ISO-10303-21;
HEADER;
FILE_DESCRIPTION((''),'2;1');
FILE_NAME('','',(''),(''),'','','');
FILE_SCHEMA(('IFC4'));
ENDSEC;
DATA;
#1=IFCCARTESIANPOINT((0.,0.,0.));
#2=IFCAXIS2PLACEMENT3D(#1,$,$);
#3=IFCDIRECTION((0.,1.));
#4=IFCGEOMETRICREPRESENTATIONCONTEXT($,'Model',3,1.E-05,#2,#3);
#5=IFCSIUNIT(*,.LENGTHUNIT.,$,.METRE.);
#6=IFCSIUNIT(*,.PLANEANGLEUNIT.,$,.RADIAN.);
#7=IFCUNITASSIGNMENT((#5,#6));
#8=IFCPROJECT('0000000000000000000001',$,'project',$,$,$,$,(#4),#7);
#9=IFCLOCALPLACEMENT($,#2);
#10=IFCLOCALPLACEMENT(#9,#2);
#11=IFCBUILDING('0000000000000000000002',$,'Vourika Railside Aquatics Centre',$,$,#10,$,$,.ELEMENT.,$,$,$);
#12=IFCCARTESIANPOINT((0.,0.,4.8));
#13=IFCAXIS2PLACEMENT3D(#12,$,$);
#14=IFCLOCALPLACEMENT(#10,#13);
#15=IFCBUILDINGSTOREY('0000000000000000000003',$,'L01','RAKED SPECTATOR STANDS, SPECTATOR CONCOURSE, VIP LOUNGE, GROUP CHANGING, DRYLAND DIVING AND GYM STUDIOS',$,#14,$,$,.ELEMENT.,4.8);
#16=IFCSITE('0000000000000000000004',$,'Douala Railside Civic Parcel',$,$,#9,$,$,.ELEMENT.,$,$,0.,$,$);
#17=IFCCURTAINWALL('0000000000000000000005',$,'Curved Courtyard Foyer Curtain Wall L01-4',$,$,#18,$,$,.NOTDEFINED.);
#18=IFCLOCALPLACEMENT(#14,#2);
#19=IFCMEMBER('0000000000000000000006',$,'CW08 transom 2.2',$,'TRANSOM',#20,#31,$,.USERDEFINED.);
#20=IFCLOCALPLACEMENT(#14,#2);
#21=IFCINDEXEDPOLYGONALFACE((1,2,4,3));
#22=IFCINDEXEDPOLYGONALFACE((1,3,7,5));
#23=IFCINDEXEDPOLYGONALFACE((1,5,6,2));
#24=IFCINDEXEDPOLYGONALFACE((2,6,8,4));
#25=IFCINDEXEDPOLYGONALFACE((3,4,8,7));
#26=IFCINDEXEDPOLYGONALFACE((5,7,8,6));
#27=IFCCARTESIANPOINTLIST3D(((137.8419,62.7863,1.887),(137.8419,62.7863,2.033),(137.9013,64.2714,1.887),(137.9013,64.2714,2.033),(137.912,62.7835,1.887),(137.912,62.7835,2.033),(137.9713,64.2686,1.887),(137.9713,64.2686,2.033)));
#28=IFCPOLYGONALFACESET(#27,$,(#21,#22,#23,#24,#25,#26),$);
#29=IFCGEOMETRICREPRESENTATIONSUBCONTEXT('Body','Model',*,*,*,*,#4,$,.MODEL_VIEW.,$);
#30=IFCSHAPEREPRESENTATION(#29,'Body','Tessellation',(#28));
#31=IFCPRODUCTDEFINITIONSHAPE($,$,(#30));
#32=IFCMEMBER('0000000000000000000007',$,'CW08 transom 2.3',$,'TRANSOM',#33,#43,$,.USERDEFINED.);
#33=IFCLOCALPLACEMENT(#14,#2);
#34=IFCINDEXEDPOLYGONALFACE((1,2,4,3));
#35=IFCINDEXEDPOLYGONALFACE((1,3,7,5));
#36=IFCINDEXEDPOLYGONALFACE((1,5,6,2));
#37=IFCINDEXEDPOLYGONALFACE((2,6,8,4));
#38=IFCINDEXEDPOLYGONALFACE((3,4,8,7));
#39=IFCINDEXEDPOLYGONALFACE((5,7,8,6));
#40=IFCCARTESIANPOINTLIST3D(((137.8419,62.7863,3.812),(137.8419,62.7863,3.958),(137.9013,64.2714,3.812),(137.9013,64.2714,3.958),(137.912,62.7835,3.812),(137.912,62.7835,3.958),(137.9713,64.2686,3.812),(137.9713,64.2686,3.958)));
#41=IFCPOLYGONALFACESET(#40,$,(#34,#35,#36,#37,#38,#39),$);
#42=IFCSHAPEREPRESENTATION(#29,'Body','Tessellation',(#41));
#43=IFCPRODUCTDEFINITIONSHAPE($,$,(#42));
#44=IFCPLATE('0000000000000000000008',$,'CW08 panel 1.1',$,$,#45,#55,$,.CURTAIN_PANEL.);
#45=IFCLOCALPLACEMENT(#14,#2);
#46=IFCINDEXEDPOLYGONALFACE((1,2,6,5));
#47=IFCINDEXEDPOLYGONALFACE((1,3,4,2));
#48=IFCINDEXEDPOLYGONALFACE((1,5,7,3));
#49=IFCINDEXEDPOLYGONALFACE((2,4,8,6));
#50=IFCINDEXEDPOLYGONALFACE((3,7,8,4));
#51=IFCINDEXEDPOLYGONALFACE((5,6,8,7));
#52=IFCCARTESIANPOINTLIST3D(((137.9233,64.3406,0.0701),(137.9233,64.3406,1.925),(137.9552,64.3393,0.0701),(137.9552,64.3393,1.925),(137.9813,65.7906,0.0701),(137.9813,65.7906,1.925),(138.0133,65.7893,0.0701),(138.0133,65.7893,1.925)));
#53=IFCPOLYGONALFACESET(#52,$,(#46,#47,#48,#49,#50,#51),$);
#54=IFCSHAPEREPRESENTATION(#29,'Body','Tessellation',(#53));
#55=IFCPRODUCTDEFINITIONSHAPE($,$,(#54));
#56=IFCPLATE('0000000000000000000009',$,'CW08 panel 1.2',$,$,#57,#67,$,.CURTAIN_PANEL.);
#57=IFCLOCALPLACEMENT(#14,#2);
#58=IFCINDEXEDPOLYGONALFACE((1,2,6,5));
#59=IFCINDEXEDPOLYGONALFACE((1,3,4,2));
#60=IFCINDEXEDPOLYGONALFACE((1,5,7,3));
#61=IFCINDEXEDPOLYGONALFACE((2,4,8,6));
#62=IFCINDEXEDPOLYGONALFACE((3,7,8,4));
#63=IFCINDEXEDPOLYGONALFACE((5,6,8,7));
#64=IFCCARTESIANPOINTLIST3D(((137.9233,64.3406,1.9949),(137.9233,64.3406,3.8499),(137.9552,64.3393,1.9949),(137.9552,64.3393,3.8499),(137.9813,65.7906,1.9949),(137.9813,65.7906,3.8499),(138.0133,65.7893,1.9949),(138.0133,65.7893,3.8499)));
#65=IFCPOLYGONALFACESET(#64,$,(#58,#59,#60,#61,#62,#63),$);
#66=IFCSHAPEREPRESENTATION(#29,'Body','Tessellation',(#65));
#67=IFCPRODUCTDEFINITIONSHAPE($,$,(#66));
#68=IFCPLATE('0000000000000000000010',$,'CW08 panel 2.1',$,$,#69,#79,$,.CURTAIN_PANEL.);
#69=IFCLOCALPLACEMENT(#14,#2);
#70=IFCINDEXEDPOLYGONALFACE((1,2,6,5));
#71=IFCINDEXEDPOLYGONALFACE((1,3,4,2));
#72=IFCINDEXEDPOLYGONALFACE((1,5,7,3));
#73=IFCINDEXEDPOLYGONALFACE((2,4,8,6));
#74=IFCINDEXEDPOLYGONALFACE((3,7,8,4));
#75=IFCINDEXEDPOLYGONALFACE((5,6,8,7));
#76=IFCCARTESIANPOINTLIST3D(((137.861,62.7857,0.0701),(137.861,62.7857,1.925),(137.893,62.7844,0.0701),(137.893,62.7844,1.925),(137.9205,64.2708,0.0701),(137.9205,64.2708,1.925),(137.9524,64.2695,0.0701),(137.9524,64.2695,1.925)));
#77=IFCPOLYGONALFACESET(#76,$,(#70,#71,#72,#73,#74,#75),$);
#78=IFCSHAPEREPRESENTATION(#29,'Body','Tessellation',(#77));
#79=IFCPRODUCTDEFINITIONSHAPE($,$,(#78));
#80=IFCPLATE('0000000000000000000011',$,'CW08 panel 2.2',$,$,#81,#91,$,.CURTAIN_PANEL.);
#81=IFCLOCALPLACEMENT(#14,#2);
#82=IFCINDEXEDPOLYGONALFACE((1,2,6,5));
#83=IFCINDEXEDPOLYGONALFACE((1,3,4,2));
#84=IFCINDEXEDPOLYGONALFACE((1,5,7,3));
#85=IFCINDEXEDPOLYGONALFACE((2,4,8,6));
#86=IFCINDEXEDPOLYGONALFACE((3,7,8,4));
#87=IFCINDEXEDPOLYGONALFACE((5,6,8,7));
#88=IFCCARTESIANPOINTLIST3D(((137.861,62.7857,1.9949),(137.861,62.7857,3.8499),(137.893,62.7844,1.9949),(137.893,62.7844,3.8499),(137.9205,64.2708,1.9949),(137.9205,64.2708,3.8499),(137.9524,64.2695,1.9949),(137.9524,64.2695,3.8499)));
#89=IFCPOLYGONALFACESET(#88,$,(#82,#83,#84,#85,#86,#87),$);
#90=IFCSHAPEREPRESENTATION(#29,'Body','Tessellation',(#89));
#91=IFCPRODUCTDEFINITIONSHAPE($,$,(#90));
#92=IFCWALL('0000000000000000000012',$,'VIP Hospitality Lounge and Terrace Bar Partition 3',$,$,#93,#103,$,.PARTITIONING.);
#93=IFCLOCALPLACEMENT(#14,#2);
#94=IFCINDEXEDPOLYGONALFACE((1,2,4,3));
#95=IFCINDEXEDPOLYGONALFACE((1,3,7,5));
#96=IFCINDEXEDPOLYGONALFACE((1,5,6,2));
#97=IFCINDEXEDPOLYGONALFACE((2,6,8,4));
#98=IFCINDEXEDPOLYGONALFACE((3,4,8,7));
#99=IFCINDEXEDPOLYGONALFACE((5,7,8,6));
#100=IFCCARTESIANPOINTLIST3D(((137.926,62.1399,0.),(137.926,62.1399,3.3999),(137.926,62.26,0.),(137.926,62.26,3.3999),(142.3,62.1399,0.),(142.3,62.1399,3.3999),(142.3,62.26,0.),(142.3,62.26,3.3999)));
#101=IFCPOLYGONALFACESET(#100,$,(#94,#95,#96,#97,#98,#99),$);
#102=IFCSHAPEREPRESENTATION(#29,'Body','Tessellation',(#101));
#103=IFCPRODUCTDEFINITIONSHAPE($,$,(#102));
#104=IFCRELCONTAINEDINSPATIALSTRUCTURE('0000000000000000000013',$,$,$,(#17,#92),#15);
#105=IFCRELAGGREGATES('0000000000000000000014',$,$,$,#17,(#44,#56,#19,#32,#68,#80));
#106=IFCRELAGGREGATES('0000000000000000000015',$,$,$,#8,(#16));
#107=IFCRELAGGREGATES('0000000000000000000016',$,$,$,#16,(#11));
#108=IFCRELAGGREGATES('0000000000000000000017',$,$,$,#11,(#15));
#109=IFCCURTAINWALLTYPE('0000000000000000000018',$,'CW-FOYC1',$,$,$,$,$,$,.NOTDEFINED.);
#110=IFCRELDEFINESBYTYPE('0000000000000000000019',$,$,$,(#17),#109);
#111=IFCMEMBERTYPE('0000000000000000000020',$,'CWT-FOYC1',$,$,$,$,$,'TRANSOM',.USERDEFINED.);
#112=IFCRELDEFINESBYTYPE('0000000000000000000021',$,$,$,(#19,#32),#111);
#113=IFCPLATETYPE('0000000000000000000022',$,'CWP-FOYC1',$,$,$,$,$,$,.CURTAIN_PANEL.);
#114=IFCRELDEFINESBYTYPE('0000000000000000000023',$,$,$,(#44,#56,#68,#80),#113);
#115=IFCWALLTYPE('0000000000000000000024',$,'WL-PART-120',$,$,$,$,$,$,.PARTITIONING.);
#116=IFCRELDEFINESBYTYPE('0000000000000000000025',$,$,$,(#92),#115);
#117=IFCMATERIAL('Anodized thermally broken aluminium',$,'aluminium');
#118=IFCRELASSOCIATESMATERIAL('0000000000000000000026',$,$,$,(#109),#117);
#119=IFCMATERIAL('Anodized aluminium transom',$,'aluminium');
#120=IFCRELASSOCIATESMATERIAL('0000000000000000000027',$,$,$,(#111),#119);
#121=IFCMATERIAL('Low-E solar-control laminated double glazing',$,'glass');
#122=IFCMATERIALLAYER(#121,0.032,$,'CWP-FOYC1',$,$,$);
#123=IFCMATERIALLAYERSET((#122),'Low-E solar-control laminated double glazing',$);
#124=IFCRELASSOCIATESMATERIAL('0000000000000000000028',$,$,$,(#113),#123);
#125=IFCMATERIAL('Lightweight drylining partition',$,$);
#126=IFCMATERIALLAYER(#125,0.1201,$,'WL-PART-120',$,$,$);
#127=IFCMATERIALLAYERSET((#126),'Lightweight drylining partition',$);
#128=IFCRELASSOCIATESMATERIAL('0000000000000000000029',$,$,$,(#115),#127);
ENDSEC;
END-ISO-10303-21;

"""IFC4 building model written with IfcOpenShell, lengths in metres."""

from ifc_helpers import new_model, si_unit, direction, frame, frame_2d, origin, origin_2d, place, context, subcontext, project, spatial, rectangle, extrude, material, layer, layer_set, material_profile, profile_set, type_object, element, aggregate, save


model = new_model("IFC4")

# Units and contexts
model_context = context("Model", 3, precision=1e-05, world=origin(), true_north=direction((0.0, 1.0)))
body_context = subcontext(model_context, "Body", "Model", "MODEL_VIEW")
ifc_project = project(units=[si_unit("LENGTHUNIT", "METRE"), si_unit("PLANEANGLEUNIT", "RADIAN")], contexts=[model_context])

# Site, building, storey
site_placement = place(None, origin())
site = spatial("IfcSite", under=ifc_project, at=site_placement, Name="Douala Railside Civic Parcel", CompositionType="ELEMENT", RefElevation=0.0)
building_placement = place(site_placement, origin())
building = spatial("IfcBuilding", under=site, at=building_placement, Name="Vourika Railside Aquatics Centre", CompositionType="ELEMENT")
storey_placement = place(building_placement, frame((0.0, 0.0, 4.8)))
storey = spatial("IfcBuildingStorey", under=building, at=storey_placement, Name="L01", Description="RAKED SPECTATOR STANDS, SPECTATOR CONCOURSE, VIP LOUNGE, GROUP CHANGING, DRYLAND DIVING AND GYM STUDIOS", CompositionType="ELEMENT", Elevation=4.8)

# Curtain wall, members, plates
ifc_material_1 = material(Name="Anodized thermally broken aluminium", Category="aluminium")
curtain_wall_type = type_object("IfcCurtainWallType", Name="CW-FOYC1", PredefinedType="NOTDEFINED", material=ifc_material_1)
curtain_wall_placement = place(storey_placement, origin())
curtain_wall = element("IfcCurtainWall", 1, at=curtain_wall_placement, inside=storey, type_object=curtain_wall_type, Name="Curved Courtyard Foyer Curtain Wall L01-4", PredefinedType="NOTDEFINED")
ifc_material_2 = material(Name="Anodized aluminium transom", Category="aluminium")
ifc_material_profile_1 = material_profile(ifc_material_2, rectangle(XDim=0.0701, YDim=0.146, at=origin_2d()), Name="ALU-T 70x146")
ifc_profile_set_1 = profile_set([ifc_material_profile_1], Name="Anodized aluminium transom")
member_type_1 = type_object("IfcMemberType", Name="CWT-FOYC1", ElementType="TRANSOM", PredefinedType="USERDEFINED", material=ifc_profile_set_1)
member_1_placement = place(storey_placement, frame((137.9363, 64.27, 1.96), z_axis=(-0.039916, -0.999203, 0.0), x_axis=(0.999203, -0.039916, 0.0)))
member_1 = element("IfcMember", 2, at=member_1_placement, type_object=member_type_1, Name="CW08 transom 2.2", ObjectType="TRANSOM", PredefinedType="USERDEFINED", context=body_context, shape_type="SweptSolid", body=[
    extrude(rectangle(XDim=0.0701, YDim=0.146, at=origin_2d()), origin(), (0.0, 0.0, 1.0), 1.4863),
])
member_2_placement = place(storey_placement, frame((137.9363, 64.27, 3.885), z_axis=(-0.039916, -0.999203, 0.0), x_axis=(0.999203, -0.039916, 0.0)))
member_2 = element("IfcMember", 3, at=member_2_placement, type_object=member_type_1, Name="CW08 transom 2.3", ObjectType="TRANSOM", PredefinedType="USERDEFINED", context=body_context, shape_type="SweptSolid", body=[
    extrude(rectangle(XDim=0.0701, YDim=0.146, at=origin_2d()), origin(), (0.0, 0.0, 1.0), 1.4863),
])
ifc_material_3 = material(Name="Low-E solar-control laminated double glazing", Category="glass")
ifc_layer_1 = layer(ifc_material_3, 0.032, Name="CWP-FOYC1")
ifc_layer_set_1 = layer_set([ifc_layer_1], Name="Low-E solar-control laminated double glazing")
plate_type = type_object("IfcPlateType", Name="CWP-FOYC1", PredefinedType="CURTAIN_PANEL", material=ifc_layer_set_1)
plate_1_placement = place(storey_placement, frame((137.9683, 65.0649, 0.0701), z_axis=(0.0, 0.0, 1.0), x_axis=(-0.04, -0.9992, 0.0)))
plate_1 = element("IfcPlate", 4, at=plate_1_placement, type_object=plate_type, Name="CW08 panel 1.1", PredefinedType="CURTAIN_PANEL", context=body_context, shape_type="SweptSolid", body=[
    extrude(rectangle(XDim=1.4512, YDim=0.032, at=origin_2d()), origin(), (0.0, 0.0, 1.0), 1.855),
])
plate_2_placement = place(storey_placement, frame((137.9683, 65.0649, 1.9949), z_axis=(0.0, 0.0, 1.0), x_axis=(-0.04, -0.9992, 0.0)))
plate_2 = element("IfcPlate", 5, at=plate_2_placement, type_object=plate_type, Name="CW08 panel 1.2", PredefinedType="CURTAIN_PANEL", context=body_context, shape_type="SweptSolid", body=[
    extrude(rectangle(XDim=1.4512, YDim=0.032, at=origin_2d()), origin(), (0.0, 0.0, 1.0), 1.855),
])
plate_3_placement = place(storey_placement, frame((137.9067, 63.5276, 0.0701), z_axis=(0.0, 0.0, 1.0), x_axis=(-0.04, -0.9992, 0.0)))
plate_3 = element("IfcPlate", 6, at=plate_3_placement, type_object=plate_type, Name="CW08 panel 2.1", PredefinedType="CURTAIN_PANEL", context=body_context, shape_type="SweptSolid", body=[
    extrude(rectangle(XDim=1.4863, YDim=0.032, at=origin_2d()), origin(), (0.0, 0.0, 1.0), 1.855),
])
plate_4_placement = place(storey_placement, frame((137.9067, 63.5276, 1.9949), z_axis=(0.0, 0.0, 1.0), x_axis=(-0.04, -0.9992, 0.0)))
plate_4 = element("IfcPlate", 7, at=plate_4_placement, type_object=plate_type, Name="CW08 panel 2.2", PredefinedType="CURTAIN_PANEL", context=body_context, shape_type="SweptSolid", body=[
    extrude(rectangle(XDim=1.4863, YDim=0.032, at=origin_2d()), origin(), (0.0, 0.0, 1.0), 1.855),
])
aggregate(curtain_wall, [plate_1, plate_2, member_1, member_2, plate_3, plate_4])

# Wall
ifc_material_4 = material(Name="Lightweight drylining partition")
ifc_layer_2 = layer(ifc_material_4, 0.1201, Name="WL-PART-120")
ifc_layer_set_2 = layer_set([ifc_layer_2], Name="Lightweight drylining partition")
wall_type = type_object("IfcWallType", Name="WL-PART-120", PredefinedType="PARTITIONING", material=ifc_layer_set_2)
wall_placement = place(storey_placement, frame((142.3, 62.2, 0.0), z_axis=(0.0, 0.0, 1.0), x_axis=(-1.0, 0.0, 0.0)))
element("IfcWall", 8, at=wall_placement, inside=storey, type_object=wall_type, Name="VIP Hospitality Lounge and Terrace Bar Partition 3", PredefinedType="PARTITIONING", context=body_context, shape_type="SweptSolid", body=[
    extrude(rectangle(XDim=4.374, YDim=0.1201, at=frame_2d((2.187, 0.0))), origin(), (0.0, 0.0, 1.0), 3.3999),
])

save(model, "model.ifc")
